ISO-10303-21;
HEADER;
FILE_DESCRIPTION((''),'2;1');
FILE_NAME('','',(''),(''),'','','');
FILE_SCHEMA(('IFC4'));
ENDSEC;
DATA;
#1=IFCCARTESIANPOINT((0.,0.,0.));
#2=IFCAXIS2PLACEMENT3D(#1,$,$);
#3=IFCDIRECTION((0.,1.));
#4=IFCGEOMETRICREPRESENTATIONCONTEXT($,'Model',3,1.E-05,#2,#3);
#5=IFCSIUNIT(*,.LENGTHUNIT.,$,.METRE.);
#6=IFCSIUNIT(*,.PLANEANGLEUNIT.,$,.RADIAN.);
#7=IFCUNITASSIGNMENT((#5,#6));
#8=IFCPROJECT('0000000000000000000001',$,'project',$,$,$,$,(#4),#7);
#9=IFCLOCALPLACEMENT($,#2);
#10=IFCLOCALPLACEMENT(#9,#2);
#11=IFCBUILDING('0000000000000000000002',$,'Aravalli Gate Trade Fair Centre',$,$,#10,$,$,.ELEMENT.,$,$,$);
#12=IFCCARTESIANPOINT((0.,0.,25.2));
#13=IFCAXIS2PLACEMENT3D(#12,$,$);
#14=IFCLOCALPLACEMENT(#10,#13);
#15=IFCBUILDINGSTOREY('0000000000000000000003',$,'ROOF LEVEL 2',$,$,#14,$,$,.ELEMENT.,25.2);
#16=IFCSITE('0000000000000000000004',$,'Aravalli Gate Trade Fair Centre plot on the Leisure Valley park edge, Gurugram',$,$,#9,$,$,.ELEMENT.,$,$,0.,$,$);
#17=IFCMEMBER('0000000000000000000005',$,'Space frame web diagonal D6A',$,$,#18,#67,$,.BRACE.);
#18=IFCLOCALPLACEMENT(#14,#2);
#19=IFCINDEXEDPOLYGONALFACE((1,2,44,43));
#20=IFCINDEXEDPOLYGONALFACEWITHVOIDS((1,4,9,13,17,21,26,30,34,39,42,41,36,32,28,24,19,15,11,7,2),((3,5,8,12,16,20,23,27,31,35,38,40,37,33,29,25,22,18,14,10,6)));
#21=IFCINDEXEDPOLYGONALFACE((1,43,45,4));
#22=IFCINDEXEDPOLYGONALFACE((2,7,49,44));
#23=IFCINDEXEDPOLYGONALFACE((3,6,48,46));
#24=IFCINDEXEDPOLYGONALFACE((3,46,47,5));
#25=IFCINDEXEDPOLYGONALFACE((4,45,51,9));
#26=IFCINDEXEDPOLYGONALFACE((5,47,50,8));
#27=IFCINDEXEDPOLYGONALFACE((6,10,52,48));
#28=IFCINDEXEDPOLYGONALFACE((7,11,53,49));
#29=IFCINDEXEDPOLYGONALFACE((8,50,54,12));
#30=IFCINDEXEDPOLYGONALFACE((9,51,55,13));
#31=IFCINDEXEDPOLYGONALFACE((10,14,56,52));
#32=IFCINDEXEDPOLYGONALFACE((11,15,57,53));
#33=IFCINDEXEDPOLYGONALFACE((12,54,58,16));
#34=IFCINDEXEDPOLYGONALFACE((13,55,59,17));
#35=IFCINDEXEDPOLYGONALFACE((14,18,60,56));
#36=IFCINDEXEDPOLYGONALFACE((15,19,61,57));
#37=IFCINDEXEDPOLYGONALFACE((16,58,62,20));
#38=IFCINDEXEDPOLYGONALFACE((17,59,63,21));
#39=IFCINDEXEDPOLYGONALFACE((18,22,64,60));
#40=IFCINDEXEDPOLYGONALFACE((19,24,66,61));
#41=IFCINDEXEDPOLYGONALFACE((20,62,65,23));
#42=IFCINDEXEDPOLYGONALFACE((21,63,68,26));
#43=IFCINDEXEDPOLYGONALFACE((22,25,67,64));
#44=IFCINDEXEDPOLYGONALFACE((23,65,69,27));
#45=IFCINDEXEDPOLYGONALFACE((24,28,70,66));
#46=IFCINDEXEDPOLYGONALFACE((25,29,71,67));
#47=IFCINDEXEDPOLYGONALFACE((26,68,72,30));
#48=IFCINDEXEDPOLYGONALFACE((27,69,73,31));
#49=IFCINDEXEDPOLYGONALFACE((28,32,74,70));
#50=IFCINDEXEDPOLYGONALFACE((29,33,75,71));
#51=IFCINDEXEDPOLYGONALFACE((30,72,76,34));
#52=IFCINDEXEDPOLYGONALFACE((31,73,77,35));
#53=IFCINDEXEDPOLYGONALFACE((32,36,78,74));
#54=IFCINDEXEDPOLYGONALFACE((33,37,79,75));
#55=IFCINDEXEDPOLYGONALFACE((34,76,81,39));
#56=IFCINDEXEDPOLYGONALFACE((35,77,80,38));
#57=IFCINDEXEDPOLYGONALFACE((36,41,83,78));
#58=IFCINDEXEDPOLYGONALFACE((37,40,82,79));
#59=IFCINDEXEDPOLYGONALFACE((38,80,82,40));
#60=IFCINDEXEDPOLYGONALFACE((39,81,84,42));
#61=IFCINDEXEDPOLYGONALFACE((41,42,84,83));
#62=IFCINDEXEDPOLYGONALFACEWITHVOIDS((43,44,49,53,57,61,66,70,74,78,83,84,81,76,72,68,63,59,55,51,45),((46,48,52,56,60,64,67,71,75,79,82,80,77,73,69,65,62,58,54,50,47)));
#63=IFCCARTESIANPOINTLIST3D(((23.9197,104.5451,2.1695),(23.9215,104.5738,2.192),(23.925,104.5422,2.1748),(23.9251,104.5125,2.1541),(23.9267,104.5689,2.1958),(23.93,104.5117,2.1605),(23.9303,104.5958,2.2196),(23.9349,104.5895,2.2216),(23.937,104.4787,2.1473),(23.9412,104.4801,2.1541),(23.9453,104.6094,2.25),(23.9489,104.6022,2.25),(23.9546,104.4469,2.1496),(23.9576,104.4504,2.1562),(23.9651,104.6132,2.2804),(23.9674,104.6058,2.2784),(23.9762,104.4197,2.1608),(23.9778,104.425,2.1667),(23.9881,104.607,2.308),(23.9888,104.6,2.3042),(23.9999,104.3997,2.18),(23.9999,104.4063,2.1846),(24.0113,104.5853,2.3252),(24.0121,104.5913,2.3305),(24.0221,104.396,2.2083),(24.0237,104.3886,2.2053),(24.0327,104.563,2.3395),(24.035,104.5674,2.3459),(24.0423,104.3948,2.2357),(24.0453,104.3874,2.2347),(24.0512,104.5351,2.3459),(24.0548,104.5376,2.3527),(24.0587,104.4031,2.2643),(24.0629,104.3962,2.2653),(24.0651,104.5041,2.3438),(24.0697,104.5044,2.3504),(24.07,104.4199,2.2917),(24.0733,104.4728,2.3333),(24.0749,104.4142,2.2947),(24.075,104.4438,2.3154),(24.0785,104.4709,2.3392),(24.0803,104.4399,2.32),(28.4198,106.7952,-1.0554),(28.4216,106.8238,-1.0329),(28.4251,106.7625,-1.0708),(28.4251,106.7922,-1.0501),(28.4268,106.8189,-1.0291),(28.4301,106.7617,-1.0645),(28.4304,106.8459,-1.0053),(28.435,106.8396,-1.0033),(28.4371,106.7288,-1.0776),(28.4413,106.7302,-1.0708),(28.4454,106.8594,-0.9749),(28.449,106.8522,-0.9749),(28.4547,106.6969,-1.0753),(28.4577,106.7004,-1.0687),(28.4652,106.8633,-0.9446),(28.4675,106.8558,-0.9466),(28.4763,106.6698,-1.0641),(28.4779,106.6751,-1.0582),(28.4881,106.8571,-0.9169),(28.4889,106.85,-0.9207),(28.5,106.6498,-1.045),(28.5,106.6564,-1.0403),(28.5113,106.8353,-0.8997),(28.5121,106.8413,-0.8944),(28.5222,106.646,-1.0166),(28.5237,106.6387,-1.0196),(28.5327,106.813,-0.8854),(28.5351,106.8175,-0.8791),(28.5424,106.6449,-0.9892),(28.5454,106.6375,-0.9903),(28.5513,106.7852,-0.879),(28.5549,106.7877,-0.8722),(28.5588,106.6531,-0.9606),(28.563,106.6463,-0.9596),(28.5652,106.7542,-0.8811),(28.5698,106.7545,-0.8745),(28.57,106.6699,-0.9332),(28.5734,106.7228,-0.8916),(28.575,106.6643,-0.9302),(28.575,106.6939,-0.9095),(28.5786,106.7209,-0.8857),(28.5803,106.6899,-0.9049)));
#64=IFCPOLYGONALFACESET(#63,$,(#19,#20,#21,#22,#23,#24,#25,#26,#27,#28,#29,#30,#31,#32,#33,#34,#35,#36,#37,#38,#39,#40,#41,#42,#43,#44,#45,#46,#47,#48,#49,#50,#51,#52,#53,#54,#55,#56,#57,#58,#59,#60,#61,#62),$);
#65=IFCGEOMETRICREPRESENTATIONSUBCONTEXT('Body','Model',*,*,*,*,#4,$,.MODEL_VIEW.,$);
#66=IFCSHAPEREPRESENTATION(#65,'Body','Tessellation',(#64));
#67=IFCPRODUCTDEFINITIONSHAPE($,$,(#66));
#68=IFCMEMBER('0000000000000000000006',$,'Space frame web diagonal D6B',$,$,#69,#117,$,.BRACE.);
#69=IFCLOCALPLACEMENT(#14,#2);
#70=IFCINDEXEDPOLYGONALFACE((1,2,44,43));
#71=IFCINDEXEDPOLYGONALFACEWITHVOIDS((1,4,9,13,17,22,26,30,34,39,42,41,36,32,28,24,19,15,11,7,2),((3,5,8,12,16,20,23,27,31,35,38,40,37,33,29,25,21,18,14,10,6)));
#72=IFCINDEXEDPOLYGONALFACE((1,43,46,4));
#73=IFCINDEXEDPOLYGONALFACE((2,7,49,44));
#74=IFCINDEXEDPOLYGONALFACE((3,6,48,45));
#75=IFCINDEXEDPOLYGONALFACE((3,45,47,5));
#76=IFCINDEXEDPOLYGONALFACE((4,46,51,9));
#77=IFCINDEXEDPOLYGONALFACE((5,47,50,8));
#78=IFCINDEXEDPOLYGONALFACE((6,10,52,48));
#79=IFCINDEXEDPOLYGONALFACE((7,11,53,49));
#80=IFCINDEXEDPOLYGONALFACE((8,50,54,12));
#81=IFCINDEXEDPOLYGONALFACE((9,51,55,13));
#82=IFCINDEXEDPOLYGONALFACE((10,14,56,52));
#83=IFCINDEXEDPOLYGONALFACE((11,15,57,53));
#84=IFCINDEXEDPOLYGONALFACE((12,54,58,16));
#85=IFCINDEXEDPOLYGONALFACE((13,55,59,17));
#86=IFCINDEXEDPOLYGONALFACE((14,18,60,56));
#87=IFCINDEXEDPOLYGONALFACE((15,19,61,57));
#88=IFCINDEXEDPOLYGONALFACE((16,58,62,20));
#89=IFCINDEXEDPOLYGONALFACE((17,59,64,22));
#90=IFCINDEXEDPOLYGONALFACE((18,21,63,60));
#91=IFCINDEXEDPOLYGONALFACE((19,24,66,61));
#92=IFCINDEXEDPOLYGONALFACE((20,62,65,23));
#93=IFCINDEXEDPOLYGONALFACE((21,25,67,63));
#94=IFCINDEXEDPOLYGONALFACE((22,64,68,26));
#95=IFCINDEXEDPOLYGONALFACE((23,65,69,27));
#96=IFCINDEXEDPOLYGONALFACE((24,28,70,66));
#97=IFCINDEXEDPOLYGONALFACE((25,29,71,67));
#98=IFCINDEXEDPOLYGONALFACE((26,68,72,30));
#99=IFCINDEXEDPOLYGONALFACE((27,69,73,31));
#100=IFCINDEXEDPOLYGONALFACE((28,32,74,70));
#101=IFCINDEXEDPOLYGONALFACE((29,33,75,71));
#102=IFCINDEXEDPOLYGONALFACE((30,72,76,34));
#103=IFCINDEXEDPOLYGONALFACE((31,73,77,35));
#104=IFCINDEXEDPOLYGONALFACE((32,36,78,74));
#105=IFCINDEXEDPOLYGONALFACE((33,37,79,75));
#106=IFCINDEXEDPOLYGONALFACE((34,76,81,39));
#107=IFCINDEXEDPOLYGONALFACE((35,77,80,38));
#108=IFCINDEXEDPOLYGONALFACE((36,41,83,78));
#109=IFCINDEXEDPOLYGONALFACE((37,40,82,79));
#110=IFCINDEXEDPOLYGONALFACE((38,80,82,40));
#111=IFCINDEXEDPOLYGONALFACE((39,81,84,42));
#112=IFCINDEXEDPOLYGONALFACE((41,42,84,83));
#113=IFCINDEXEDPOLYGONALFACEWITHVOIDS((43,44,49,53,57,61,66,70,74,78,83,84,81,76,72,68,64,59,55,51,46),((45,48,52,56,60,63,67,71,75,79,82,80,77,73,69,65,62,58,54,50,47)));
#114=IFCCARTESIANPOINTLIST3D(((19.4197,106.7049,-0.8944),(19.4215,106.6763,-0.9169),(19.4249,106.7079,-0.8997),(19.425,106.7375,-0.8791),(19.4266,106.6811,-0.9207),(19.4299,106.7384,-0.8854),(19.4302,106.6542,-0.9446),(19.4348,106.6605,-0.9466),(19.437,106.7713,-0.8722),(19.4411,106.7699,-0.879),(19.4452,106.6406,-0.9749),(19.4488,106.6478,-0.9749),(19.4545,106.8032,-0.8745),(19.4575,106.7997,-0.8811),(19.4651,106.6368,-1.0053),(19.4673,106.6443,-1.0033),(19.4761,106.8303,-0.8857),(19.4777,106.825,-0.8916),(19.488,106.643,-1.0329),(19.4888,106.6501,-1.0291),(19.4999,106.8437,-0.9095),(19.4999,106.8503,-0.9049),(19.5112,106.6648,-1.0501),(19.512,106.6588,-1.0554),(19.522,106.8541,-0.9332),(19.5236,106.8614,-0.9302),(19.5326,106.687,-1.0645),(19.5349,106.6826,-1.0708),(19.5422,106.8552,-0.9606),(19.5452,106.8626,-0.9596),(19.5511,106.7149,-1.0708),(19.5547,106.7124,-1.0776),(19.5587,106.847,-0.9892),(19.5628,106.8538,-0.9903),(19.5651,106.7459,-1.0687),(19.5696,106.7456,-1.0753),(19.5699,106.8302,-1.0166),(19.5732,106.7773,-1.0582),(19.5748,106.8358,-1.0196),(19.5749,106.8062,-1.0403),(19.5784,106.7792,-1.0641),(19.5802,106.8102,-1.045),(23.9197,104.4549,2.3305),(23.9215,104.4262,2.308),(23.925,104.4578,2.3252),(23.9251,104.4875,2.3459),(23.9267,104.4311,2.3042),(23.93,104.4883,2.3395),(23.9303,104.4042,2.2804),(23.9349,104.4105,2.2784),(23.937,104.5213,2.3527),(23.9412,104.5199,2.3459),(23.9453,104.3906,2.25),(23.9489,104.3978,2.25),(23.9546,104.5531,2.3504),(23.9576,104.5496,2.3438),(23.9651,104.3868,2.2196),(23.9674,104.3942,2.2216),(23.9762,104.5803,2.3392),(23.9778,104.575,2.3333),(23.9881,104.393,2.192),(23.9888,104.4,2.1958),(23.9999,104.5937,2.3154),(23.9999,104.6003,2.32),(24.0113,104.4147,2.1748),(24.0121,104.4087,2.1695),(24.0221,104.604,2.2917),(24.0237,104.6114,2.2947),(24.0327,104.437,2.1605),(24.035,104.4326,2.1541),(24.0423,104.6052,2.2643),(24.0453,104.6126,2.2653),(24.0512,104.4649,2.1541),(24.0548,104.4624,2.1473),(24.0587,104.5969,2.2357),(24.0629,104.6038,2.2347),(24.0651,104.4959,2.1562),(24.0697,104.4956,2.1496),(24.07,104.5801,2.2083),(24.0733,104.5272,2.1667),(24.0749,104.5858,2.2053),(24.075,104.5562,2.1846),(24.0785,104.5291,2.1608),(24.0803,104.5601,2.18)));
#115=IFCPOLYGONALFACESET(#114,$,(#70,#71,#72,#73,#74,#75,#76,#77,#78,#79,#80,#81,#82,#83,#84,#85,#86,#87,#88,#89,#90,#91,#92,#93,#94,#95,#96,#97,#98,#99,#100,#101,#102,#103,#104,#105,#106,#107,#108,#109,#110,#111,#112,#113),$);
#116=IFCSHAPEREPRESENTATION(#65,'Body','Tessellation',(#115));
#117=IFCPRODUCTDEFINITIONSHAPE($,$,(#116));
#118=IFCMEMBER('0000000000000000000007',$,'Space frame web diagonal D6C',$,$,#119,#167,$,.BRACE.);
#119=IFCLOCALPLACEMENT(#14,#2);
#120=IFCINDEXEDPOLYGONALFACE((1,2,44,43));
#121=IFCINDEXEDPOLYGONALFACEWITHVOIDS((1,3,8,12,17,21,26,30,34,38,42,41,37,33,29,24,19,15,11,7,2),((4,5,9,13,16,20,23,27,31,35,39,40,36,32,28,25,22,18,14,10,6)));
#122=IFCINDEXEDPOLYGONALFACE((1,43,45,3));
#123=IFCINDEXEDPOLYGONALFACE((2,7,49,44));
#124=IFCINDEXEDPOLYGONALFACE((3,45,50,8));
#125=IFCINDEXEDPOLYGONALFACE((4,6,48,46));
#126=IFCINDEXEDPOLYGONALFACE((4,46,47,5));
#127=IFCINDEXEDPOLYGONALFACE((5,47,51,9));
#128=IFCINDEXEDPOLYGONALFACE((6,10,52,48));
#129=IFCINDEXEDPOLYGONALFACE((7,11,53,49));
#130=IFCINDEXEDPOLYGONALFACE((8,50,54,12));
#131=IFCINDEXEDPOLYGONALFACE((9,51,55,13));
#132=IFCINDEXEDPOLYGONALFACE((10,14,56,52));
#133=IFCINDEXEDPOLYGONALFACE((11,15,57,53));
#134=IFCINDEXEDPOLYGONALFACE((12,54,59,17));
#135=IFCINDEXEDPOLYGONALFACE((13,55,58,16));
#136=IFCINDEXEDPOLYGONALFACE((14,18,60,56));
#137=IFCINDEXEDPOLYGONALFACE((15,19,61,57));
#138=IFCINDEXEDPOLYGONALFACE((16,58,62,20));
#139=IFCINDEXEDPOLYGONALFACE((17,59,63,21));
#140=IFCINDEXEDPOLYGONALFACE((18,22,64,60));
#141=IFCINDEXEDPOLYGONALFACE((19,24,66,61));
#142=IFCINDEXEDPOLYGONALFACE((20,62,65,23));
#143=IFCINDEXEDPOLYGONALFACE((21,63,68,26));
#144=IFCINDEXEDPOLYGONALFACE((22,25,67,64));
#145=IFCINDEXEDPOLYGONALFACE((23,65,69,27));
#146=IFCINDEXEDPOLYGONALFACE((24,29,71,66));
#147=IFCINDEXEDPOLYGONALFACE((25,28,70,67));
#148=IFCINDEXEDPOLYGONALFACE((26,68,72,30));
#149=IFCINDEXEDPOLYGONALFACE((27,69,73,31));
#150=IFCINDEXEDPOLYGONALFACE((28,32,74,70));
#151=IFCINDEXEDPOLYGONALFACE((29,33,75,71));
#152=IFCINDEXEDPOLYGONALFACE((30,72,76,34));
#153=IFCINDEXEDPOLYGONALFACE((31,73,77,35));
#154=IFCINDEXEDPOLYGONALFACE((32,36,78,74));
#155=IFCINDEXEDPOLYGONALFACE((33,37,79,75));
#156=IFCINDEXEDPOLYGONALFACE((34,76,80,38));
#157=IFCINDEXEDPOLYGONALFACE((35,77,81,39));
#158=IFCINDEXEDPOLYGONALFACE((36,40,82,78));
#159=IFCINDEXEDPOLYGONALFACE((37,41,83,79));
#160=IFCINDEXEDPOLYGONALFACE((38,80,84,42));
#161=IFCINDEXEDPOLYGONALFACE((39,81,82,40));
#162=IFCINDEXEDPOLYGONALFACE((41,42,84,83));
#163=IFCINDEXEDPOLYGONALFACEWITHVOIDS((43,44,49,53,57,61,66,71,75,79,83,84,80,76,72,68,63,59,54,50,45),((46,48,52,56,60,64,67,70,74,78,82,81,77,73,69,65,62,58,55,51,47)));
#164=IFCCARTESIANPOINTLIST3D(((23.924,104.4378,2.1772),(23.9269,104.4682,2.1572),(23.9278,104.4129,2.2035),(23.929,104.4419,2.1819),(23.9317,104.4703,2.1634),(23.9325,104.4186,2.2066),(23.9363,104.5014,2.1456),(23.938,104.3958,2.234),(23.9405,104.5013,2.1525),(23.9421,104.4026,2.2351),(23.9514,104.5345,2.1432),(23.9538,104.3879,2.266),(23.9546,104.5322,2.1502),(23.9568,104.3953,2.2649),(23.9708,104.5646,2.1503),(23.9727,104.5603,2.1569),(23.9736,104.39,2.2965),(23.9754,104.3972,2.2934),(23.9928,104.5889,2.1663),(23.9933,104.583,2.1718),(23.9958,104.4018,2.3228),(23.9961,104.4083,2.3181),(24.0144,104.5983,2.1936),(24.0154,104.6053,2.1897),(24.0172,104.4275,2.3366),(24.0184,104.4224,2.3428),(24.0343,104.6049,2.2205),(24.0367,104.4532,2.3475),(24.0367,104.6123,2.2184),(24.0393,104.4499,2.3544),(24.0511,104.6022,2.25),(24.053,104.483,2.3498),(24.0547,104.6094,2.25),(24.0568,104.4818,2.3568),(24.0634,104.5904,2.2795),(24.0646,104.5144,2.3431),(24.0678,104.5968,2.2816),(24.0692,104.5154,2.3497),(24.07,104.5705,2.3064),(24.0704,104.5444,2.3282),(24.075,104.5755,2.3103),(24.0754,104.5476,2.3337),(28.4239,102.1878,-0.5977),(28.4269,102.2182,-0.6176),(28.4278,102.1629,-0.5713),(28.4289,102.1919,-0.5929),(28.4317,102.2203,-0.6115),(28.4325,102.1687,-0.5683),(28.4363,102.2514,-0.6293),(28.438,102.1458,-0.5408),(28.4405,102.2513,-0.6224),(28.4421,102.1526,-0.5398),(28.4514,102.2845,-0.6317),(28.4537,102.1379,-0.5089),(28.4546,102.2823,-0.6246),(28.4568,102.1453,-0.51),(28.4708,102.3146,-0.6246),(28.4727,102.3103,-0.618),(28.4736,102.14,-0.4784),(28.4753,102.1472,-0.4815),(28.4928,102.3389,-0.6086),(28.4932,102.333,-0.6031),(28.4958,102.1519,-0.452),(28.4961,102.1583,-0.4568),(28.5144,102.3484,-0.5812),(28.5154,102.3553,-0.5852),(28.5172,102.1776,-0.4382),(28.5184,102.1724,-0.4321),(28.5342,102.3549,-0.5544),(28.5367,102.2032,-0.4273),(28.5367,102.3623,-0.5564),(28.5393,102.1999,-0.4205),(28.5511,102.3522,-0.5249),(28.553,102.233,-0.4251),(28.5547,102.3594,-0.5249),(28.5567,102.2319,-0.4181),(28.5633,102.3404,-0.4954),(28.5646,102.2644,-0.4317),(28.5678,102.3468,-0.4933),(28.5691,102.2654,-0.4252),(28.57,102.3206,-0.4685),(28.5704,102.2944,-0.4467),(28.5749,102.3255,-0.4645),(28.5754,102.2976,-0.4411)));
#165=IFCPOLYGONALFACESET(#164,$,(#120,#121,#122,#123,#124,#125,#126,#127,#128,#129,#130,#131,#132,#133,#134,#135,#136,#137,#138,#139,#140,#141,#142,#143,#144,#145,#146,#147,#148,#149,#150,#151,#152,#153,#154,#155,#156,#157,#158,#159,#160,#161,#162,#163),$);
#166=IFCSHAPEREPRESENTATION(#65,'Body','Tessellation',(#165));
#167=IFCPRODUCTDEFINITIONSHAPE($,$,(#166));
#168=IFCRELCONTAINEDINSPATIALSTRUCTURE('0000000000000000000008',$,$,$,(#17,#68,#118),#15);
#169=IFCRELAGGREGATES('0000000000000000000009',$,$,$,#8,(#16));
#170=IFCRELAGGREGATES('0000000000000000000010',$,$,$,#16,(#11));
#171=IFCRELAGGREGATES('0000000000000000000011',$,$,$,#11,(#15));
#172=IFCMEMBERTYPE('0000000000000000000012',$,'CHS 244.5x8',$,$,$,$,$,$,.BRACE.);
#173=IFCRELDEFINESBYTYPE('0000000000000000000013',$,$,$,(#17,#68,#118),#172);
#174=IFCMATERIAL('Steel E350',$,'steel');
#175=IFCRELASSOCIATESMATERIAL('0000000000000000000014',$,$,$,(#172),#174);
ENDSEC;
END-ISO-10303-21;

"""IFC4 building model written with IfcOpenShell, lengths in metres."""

from ifc_helpers import new_model, si_unit, direction, frame, origin, origin_2d, place, context, subcontext, project, spatial, hollow_circle, extrude, material, material_profile, profile_set, type_object, element, save


model = new_model("IFC4")

# Units and contexts
model_context = context("Model", 3, precision=1e-05, world=origin(), true_north=direction((0.0, 1.0)))
body_context = subcontext(model_context, "Body", "Model", "MODEL_VIEW")
ifc_project = project(units=[si_unit("LENGTHUNIT", "METRE"), si_unit("PLANEANGLEUNIT", "RADIAN")], contexts=[model_context])

# Site, building, storey
site_placement = place(None, origin())
site = spatial("IfcSite", under=ifc_project, at=site_placement, Name="Aravalli Gate Trade Fair Centre plot on the Leisure Valley park edge, Gurugram", CompositionType="ELEMENT", RefElevation=0.0)
building_placement = place(site_placement, origin())
building = spatial("IfcBuilding", under=site, at=building_placement, Name="Aravalli Gate Trade Fair Centre", CompositionType="ELEMENT")
storey_placement = place(building_placement, frame((0.0, 0.0, 25.2)))
storey = spatial("IfcBuildingStorey", under=building, at=storey_placement, Name="ROOF LEVEL 2", CompositionType="ELEMENT", Elevation=25.2)

# Members
ifc_material_1 = material(Name="Steel E350", Category="steel")
ifc_material_profile_1 = material_profile(ifc_material_1, hollow_circle(Radius=0.1223, WallThickness=0.0081, at=origin_2d()), Name="CHS 244.5x8")
ifc_profile_set_1 = profile_set([ifc_material_profile_1], Name="Steel E350")
member_type_1 = type_object("IfcMemberType", Name="CHS 244.5x8", PredefinedType="BRACE", material=ifc_profile_set_1)
for number, where, z_axis, x_axis, name in (
    (1, (24.0, 104.5, 2.25), (0.753016, 0.376508, -0.539637), (-0.447214, 0.894427, 0.0), "Space frame web diagonal D6A"),
    (2, (24.0, 104.5, 2.25), (-0.753016, 0.376508, -0.539637), (-0.447214, -0.894427, 0.0), "Space frame web diagonal D6B"),
):
    element("IfcMember", number, at=place(storey_placement, frame(where, z_axis=z_axis, x_axis=x_axis)), inside=storey, type_object=member_type_1, Name=name, PredefinedType="BRACE", context=body_context, shape_type="SweptSolid", body=[
        extrude(hollow_circle(Radius=0.1223, WallThickness=0.0081, at=origin_2d()), origin(), (0.0, 0.0, 1.0), 5.9761),
    ])
for number, where, z_axis, x_axis, name in (
    (3, (24.0, 104.5, 2.25), (0.7832, -0.3916, -0.482956), (0.447214, 0.894427, 0.0), "Space frame web diagonal D6C"),
):
    element("IfcMember", number, at=place(storey_placement, frame(where, z_axis=z_axis, x_axis=x_axis)), inside=storey, type_object=member_type_1, Name=name, PredefinedType="BRACE", context=body_context, shape_type="SweptSolid", body=[
        extrude(hollow_circle(Radius=0.1223, WallThickness=0.0081, at=origin_2d()), origin(), (0.0, 0.0, 1.0), 5.7456),
    ])

save(model, "model.ifc")
